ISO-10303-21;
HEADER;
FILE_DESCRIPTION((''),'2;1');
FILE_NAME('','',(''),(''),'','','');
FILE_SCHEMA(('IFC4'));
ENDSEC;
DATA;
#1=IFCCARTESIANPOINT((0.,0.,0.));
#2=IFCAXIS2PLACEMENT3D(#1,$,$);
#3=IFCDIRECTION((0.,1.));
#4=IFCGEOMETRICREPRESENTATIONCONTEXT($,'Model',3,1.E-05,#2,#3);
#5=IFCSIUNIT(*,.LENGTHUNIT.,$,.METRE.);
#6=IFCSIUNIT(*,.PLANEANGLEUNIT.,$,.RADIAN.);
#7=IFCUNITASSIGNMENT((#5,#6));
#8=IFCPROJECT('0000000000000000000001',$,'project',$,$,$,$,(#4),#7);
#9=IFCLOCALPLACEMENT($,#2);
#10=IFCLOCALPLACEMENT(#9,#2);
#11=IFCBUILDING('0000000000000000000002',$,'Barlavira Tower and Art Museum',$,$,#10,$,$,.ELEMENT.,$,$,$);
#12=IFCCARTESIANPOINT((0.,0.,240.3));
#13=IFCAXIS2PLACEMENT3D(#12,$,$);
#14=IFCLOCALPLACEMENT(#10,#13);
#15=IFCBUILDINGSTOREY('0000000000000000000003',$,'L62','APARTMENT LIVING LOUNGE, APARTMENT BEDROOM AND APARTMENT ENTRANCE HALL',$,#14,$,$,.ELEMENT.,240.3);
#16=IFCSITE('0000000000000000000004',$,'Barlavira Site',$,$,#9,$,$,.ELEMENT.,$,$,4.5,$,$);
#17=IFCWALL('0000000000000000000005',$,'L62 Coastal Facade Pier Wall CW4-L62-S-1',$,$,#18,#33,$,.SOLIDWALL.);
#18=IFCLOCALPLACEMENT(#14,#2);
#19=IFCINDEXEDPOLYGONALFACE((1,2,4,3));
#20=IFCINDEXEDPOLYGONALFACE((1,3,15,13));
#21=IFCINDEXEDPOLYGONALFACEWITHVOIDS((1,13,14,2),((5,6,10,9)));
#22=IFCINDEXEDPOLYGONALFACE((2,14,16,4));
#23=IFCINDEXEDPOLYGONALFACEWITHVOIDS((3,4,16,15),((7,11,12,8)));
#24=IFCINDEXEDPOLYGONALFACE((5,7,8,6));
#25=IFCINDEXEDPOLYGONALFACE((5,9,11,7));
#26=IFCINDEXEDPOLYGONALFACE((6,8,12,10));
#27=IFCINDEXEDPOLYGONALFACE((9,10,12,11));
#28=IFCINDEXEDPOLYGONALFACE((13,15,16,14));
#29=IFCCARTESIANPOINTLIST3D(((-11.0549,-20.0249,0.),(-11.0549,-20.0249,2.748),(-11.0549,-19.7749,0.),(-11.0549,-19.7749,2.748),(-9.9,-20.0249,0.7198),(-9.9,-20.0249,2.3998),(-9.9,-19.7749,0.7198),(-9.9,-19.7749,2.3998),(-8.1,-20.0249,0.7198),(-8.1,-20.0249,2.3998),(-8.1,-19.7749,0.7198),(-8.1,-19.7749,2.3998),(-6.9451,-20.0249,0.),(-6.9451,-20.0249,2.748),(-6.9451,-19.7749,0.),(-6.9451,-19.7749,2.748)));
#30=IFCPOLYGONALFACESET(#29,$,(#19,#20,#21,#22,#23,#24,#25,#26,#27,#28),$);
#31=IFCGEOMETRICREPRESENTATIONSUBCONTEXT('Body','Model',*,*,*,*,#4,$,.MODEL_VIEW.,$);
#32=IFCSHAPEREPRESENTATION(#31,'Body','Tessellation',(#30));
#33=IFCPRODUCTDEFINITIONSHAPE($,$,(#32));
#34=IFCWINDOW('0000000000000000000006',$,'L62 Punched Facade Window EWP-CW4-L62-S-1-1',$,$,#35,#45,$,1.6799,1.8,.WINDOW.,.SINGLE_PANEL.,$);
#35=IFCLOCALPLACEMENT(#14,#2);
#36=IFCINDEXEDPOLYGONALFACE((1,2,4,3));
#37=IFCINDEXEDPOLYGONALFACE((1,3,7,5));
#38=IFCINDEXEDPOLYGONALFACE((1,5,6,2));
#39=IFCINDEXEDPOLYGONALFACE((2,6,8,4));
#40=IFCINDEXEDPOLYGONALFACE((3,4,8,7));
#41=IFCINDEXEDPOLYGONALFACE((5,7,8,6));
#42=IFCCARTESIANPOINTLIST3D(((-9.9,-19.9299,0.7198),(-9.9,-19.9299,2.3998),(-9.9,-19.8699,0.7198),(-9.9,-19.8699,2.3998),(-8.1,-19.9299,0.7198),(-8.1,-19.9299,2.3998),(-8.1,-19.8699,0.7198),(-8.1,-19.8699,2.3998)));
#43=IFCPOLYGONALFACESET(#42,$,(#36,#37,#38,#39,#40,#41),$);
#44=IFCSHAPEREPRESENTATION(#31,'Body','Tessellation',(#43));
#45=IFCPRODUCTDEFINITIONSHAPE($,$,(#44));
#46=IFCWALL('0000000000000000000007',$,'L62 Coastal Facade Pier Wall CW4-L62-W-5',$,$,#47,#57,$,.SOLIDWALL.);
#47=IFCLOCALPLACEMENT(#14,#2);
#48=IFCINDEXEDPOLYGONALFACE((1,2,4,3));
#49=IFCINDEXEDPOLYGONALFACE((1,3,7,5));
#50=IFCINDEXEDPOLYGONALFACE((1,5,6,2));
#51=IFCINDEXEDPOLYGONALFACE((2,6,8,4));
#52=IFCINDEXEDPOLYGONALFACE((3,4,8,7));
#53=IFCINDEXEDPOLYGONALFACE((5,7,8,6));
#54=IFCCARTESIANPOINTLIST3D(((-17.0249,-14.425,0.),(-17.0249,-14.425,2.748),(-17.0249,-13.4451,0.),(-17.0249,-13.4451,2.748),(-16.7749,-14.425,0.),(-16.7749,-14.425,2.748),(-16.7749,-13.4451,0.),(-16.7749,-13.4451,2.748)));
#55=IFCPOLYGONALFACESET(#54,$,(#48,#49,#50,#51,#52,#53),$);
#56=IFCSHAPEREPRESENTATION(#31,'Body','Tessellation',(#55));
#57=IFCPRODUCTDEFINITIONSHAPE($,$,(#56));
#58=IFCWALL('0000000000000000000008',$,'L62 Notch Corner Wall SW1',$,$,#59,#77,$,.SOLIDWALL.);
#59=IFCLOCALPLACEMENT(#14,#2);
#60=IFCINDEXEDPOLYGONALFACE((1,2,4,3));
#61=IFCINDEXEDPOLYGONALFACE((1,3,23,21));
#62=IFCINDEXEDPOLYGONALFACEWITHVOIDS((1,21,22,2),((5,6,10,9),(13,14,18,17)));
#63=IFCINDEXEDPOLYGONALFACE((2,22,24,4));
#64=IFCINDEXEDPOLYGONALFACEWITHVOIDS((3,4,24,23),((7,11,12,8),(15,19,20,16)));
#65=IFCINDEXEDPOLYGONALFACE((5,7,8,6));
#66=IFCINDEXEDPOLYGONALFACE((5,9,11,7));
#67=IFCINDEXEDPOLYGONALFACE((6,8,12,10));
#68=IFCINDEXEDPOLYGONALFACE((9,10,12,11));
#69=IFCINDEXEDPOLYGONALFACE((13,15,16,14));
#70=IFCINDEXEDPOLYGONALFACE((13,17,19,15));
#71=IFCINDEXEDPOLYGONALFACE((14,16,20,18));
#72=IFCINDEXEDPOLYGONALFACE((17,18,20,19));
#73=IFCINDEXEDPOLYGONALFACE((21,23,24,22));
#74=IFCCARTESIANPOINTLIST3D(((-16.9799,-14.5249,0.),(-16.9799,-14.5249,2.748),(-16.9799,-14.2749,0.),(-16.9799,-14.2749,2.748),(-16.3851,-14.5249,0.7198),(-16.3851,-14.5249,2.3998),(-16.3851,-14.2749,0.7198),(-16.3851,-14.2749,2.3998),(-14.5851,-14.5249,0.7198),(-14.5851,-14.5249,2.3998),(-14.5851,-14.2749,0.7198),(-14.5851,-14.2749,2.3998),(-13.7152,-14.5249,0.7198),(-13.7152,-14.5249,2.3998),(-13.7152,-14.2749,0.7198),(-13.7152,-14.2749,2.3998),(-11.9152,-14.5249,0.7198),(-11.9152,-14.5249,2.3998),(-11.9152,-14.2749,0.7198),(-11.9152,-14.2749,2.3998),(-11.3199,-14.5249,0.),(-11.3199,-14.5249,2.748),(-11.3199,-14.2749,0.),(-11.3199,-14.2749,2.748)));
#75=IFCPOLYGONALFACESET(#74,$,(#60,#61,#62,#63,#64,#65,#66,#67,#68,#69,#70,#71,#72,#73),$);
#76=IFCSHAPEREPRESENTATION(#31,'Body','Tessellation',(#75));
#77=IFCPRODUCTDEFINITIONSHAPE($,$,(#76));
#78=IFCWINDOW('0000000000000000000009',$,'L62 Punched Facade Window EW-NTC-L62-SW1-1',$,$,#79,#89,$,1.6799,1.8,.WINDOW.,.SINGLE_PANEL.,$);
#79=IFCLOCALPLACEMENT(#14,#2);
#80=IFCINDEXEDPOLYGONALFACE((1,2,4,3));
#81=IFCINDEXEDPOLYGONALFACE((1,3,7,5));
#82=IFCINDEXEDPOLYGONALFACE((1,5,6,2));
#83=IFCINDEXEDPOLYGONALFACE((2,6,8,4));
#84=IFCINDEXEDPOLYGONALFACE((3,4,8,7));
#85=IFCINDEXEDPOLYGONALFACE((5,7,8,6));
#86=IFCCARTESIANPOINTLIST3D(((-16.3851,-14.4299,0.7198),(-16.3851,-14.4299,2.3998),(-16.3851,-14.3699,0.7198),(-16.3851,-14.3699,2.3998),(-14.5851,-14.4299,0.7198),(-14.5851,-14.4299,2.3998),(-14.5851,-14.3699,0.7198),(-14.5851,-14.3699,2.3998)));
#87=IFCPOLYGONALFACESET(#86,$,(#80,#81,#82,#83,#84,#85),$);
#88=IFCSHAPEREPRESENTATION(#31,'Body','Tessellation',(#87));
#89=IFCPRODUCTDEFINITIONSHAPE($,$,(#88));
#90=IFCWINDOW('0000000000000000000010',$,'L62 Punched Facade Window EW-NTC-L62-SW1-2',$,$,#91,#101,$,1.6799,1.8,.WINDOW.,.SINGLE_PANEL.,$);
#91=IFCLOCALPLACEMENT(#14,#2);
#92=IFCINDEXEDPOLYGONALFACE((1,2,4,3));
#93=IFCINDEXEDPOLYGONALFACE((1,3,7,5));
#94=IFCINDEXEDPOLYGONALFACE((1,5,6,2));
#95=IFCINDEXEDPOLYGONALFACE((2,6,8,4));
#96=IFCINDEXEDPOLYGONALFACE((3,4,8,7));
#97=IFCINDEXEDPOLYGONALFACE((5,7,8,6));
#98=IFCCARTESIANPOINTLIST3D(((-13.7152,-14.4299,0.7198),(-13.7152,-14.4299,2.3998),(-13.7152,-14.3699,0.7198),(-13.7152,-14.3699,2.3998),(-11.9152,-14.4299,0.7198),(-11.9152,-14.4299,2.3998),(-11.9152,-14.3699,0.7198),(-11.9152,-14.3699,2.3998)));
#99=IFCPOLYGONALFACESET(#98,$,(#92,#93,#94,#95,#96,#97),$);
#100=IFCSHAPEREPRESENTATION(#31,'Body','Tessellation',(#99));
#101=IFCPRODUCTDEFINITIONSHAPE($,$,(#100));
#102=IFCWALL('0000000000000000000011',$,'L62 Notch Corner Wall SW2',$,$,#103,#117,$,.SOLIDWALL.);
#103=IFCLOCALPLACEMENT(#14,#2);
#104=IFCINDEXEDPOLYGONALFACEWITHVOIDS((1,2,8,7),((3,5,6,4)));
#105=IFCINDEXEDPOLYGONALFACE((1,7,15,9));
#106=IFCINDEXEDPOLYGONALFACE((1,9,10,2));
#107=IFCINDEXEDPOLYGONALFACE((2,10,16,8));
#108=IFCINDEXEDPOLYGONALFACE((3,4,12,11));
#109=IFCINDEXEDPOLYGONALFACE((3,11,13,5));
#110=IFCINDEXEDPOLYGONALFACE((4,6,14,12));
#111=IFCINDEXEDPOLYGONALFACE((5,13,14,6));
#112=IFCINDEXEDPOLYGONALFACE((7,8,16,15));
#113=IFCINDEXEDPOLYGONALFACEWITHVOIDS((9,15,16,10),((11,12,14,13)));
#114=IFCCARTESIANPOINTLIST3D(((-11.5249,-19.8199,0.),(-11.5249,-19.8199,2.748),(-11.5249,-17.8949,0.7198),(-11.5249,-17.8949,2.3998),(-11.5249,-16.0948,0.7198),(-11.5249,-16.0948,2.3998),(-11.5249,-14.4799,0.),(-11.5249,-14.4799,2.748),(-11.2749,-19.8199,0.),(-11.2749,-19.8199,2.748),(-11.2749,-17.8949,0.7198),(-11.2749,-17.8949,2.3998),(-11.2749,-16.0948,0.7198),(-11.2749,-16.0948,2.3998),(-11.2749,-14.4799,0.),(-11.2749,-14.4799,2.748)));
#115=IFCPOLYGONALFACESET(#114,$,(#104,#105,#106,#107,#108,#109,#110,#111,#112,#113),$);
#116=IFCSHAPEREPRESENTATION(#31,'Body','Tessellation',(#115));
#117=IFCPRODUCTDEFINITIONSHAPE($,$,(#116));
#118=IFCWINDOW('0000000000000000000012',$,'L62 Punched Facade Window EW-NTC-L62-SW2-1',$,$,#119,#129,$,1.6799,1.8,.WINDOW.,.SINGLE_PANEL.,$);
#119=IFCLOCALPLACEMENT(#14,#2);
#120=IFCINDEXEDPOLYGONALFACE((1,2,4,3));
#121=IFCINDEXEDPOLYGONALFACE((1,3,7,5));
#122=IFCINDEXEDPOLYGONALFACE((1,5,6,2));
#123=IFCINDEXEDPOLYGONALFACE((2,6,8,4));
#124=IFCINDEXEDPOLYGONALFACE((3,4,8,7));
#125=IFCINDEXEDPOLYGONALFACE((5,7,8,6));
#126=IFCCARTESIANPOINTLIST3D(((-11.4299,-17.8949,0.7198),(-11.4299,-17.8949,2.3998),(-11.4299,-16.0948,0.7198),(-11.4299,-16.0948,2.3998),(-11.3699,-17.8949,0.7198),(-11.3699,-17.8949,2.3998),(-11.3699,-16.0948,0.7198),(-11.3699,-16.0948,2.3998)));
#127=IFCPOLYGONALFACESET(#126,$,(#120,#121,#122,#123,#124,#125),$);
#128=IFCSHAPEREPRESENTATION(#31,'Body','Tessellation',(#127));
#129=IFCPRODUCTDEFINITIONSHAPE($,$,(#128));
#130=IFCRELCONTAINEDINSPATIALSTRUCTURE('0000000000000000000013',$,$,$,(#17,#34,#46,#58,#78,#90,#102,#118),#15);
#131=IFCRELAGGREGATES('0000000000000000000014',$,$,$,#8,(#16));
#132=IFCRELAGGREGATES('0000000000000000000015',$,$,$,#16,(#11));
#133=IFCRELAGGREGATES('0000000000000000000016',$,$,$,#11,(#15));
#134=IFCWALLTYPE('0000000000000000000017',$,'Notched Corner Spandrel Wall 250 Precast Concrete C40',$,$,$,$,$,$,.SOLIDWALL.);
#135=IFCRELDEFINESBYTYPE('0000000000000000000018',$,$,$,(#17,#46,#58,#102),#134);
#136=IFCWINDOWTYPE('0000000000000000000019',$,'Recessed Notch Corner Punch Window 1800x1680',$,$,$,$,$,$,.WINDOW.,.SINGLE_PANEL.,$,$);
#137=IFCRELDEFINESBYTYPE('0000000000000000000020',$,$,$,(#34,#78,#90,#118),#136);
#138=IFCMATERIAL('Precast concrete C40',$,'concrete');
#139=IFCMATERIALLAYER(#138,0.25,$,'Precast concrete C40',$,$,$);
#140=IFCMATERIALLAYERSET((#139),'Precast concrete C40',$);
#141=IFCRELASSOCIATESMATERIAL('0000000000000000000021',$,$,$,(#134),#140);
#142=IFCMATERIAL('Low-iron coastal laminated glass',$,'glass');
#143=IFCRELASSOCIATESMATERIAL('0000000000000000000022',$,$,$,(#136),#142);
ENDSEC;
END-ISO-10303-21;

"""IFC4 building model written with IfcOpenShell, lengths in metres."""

from ifc_helpers import new_model, si_unit, direction, frame, frame_2d, origin, place, context, subcontext, project, spatial, rectangle, extrude, material, layer, layer_set, type_object, element, fill, save


model = new_model("IFC4")

# Units and contexts
model_context = context("Model", 3, precision=1e-05, world=origin(), true_north=direction((0.0, 1.0)))
body_context = subcontext(model_context, "Body", "Model", "MODEL_VIEW")
ifc_project = project(units=[si_unit("LENGTHUNIT", "METRE"), si_unit("PLANEANGLEUNIT", "RADIAN")], contexts=[model_context])

# Site, building, storey
site_placement = place(None, origin())
site = spatial("IfcSite", under=ifc_project, at=site_placement, Name="Barlavira Site", CompositionType="ELEMENT", RefElevation=4.5)
building_placement = place(site_placement, origin())
building = spatial("IfcBuilding", under=site, at=building_placement, Name="Barlavira Tower and Art Museum", CompositionType="ELEMENT")
storey_placement = place(building_placement, frame((0.0, 0.0, 240.3)))
storey = spatial("IfcBuildingStorey", under=building, at=storey_placement, Name="L62", Description="APARTMENT LIVING LOUNGE, APARTMENT BEDROOM AND APARTMENT ENTRANCE HALL", CompositionType="ELEMENT", Elevation=240.3)

# Wall, opening, window
ifc_material_1 = material(Name="Precast concrete C40", Category="concrete")
ifc_layer_1 = layer(ifc_material_1, 0.25, Name="Precast concrete C40")
ifc_layer_set_1 = layer_set([ifc_layer_1], Name="Precast concrete C40")
wall_type_1 = type_object("IfcWallType", Name="Notched Corner Spandrel Wall 250 Precast Concrete C40", PredefinedType="SOLIDWALL", material=ifc_layer_set_1)
wall_1_placement = place(storey_placement, frame((-11.0549, -19.8999, 0.0), z_axis=(0.0, 0.0, 1.0), x_axis=(1.0, 0.0, 0.0)))
wall_1 = element("IfcWall", 1, at=wall_1_placement, inside=storey, type_object=wall_type_1, Name="L62 Coastal Facade Pier Wall CW4-L62-S-1", PredefinedType="SOLIDWALL", context=body_context, shape_type="SweptSolid", body=[
    extrude(rectangle(XDim=4.1099, YDim=0.25, at=frame_2d((2.0549, 0.0))), origin(), (0.0, 0.0, 1.0), 2.748),
])
opening_1_placement = place(wall_1_placement, frame((1.155, 0.0, 0.72)))
opening_1 = element("IfcOpeningElement", 2, at=opening_1_placement, cuts=wall_1, PredefinedType="OPENING", context=body_context, shape_type="SweptSolid", body=[
    extrude(rectangle(XDim=1.8, YDim=1.6799, at=frame_2d((0.8999, 0.8398))), frame((0.0, 0.135, 0.0), z_axis=(0.0, -1.0, 0.0), x_axis=(1.0, 0.0, 0.0)), (0.0, 0.0, 1.0), 0.27),
])
ifc_material_2 = material(Name="Low-iron coastal laminated glass", Category="glass")
window_type = type_object("IfcWindowType", Name="Recessed Notch Corner Punch Window 1800x1680", PartitioningType="SINGLE_PANEL", PredefinedType="WINDOW", material=ifc_material_2)
window_1_placement = place(opening_1_placement, origin())
window_1 = element("IfcWindow", 3, at=window_1_placement, inside=storey, type_object=window_type, Name="L62 Punched Facade Window EWP-CW4-L62-S-1-1", OverallHeight=1.6799, OverallWidth=1.8, PartitioningType="SINGLE_PANEL", PredefinedType="WINDOW", context=body_context, shape_type="SweptSolid", body=[
    extrude(rectangle(XDim=1.8, YDim=1.6799, at=frame_2d((0.8999, 0.8398))), frame((0.0, 0.03, 0.0), z_axis=(0.0, -1.0, 0.0), x_axis=(1.0, 0.0, 0.0)), (0.0, 0.0, 1.0), 0.0601),
])
fill(opening_1, window_1)

# Wall
wall_2_placement = place(storey_placement, frame((-16.8999, -13.4451, 0.0), z_axis=(0.0, 0.0, 1.0), x_axis=(0.0, -1.0, 0.0)))
element("IfcWall", 4, at=wall_2_placement, inside=storey, type_object=wall_type_1, Name="L62 Coastal Facade Pier Wall CW4-L62-W-5", PredefinedType="SOLIDWALL", context=body_context, shape_type="SweptSolid", body=[
    extrude(rectangle(XDim=0.98, YDim=0.25, at=frame_2d((0.49, 0.0))), origin(), (0.0, 0.0, 1.0), 2.748),
])

# Wall, openings, windows
wall_3_placement = place(storey_placement, frame((-16.98, -14.3999, 0.0), z_axis=(0.0, 0.0, 1.0), x_axis=(1.0, 0.0, 0.0)))
wall_3 = element("IfcWall", 5, at=wall_3_placement, inside=storey, type_object=wall_type_1, Name="L62 Notch Corner Wall SW1", PredefinedType="SOLIDWALL", context=body_context, shape_type="SweptSolid", body=[
    extrude(rectangle(XDim=5.6599, YDim=0.25, at=frame_2d((2.8301, 0.0))), origin(), (0.0, 0.0, 1.0), 2.748),
])
opening_2_placement = place(wall_3_placement, frame((0.595, 0.0, 0.72)))
opening_2 = element("IfcOpeningElement", 6, at=opening_2_placement, cuts=wall_3, PredefinedType="OPENING", context=body_context, shape_type="SweptSolid", body=[
    extrude(rectangle(XDim=1.8, YDim=1.6799, at=frame_2d((0.8999, 0.8398))), frame((0.0, 0.135, 0.0), z_axis=(0.0, -1.0, 0.0), x_axis=(1.0, 0.0, 0.0)), (0.0, 0.0, 1.0), 0.27),
])
opening_3_placement = place(wall_3_placement, frame((3.2649, 0.0, 0.72)))
opening_3 = element("IfcOpeningElement", 7, at=opening_3_placement, cuts=wall_3, PredefinedType="OPENING", context=body_context, shape_type="SweptSolid", body=[
    extrude(rectangle(XDim=1.8, YDim=1.6799, at=frame_2d((0.8999, 0.8398))), frame((0.0, 0.135, 0.0), z_axis=(0.0, -1.0, 0.0), x_axis=(1.0, 0.0, 0.0)), (0.0, 0.0, 1.0), 0.27),
])
window_2_placement = place(opening_2_placement, origin())
window_2 = element("IfcWindow", 8, at=window_2_placement, inside=storey, type_object=window_type, Name="L62 Punched Facade Window EW-NTC-L62-SW1-1", OverallHeight=1.6799, OverallWidth=1.8, PartitioningType="SINGLE_PANEL", PredefinedType="WINDOW", context=body_context, shape_type="SweptSolid", body=[
    extrude(rectangle(XDim=1.8, YDim=1.6799, at=frame_2d((0.8999, 0.8398))), frame((0.0, 0.03, 0.0), z_axis=(0.0, -1.0, 0.0), x_axis=(1.0, 0.0, 0.0)), (0.0, 0.0, 1.0), 0.0601),
])
fill(opening_2, window_2)
window_3_placement = place(opening_3_placement, origin())
window_3 = element("IfcWindow", 9, at=window_3_placement, inside=storey, type_object=window_type, Name="L62 Punched Facade Window EW-NTC-L62-SW1-2", OverallHeight=1.6799, OverallWidth=1.8, PartitioningType="SINGLE_PANEL", PredefinedType="WINDOW", context=body_context, shape_type="SweptSolid", body=[
    extrude(rectangle(XDim=1.8, YDim=1.6799, at=frame_2d((0.8999, 0.8398))), frame((0.0, 0.03, 0.0), z_axis=(0.0, -1.0, 0.0), x_axis=(1.0, 0.0, 0.0)), (0.0, 0.0, 1.0), 0.0601),
])
fill(opening_3, window_3)

# Wall, opening, window
wall_4_placement = place(storey_placement, frame((-11.3999, -14.48, 0.0), z_axis=(0.0, 0.0, 1.0), x_axis=(0.0, -1.0, 0.0)))
wall_4 = element("IfcWall", 10, at=wall_4_placement, inside=storey, type_object=wall_type_1, Name="L62 Notch Corner Wall SW2", PredefinedType="SOLIDWALL", context=body_context, shape_type="SweptSolid", body=[
    extrude(rectangle(XDim=5.3401, YDim=0.25, at=frame_2d((2.6699, 0.0))), origin(), (0.0, 0.0, 1.0), 2.748),
])
opening_4_placement = place(wall_4_placement, frame((1.615, 0.0, 0.72)))
opening_4 = element("IfcOpeningElement", 11, at=opening_4_placement, cuts=wall_4, PredefinedType="OPENING", context=body_context, shape_type="SweptSolid", body=[
    extrude(rectangle(XDim=1.8, YDim=1.6799, at=frame_2d((0.8999, 0.8398))), frame((0.0, 0.135, 0.0), z_axis=(0.0, -1.0, 0.0), x_axis=(1.0, 0.0, 0.0)), (0.0, 0.0, 1.0), 0.27),
])
window_4_placement = place(opening_4_placement, origin())
window_4 = element("IfcWindow", 12, at=window_4_placement, inside=storey, type_object=window_type, Name="L62 Punched Facade Window EW-NTC-L62-SW2-1", OverallHeight=1.6799, OverallWidth=1.8, PartitioningType="SINGLE_PANEL", PredefinedType="WINDOW", context=body_context, shape_type="SweptSolid", body=[
    extrude(rectangle(XDim=1.8, YDim=1.6799, at=frame_2d((0.8999, 0.8398))), frame((0.0, 0.03, 0.0), z_axis=(0.0, -1.0, 0.0), x_axis=(1.0, 0.0, 0.0)), (0.0, 0.0, 1.0), 0.0601),
])
fill(opening_4, window_4)

save(model, "model.ifc")
